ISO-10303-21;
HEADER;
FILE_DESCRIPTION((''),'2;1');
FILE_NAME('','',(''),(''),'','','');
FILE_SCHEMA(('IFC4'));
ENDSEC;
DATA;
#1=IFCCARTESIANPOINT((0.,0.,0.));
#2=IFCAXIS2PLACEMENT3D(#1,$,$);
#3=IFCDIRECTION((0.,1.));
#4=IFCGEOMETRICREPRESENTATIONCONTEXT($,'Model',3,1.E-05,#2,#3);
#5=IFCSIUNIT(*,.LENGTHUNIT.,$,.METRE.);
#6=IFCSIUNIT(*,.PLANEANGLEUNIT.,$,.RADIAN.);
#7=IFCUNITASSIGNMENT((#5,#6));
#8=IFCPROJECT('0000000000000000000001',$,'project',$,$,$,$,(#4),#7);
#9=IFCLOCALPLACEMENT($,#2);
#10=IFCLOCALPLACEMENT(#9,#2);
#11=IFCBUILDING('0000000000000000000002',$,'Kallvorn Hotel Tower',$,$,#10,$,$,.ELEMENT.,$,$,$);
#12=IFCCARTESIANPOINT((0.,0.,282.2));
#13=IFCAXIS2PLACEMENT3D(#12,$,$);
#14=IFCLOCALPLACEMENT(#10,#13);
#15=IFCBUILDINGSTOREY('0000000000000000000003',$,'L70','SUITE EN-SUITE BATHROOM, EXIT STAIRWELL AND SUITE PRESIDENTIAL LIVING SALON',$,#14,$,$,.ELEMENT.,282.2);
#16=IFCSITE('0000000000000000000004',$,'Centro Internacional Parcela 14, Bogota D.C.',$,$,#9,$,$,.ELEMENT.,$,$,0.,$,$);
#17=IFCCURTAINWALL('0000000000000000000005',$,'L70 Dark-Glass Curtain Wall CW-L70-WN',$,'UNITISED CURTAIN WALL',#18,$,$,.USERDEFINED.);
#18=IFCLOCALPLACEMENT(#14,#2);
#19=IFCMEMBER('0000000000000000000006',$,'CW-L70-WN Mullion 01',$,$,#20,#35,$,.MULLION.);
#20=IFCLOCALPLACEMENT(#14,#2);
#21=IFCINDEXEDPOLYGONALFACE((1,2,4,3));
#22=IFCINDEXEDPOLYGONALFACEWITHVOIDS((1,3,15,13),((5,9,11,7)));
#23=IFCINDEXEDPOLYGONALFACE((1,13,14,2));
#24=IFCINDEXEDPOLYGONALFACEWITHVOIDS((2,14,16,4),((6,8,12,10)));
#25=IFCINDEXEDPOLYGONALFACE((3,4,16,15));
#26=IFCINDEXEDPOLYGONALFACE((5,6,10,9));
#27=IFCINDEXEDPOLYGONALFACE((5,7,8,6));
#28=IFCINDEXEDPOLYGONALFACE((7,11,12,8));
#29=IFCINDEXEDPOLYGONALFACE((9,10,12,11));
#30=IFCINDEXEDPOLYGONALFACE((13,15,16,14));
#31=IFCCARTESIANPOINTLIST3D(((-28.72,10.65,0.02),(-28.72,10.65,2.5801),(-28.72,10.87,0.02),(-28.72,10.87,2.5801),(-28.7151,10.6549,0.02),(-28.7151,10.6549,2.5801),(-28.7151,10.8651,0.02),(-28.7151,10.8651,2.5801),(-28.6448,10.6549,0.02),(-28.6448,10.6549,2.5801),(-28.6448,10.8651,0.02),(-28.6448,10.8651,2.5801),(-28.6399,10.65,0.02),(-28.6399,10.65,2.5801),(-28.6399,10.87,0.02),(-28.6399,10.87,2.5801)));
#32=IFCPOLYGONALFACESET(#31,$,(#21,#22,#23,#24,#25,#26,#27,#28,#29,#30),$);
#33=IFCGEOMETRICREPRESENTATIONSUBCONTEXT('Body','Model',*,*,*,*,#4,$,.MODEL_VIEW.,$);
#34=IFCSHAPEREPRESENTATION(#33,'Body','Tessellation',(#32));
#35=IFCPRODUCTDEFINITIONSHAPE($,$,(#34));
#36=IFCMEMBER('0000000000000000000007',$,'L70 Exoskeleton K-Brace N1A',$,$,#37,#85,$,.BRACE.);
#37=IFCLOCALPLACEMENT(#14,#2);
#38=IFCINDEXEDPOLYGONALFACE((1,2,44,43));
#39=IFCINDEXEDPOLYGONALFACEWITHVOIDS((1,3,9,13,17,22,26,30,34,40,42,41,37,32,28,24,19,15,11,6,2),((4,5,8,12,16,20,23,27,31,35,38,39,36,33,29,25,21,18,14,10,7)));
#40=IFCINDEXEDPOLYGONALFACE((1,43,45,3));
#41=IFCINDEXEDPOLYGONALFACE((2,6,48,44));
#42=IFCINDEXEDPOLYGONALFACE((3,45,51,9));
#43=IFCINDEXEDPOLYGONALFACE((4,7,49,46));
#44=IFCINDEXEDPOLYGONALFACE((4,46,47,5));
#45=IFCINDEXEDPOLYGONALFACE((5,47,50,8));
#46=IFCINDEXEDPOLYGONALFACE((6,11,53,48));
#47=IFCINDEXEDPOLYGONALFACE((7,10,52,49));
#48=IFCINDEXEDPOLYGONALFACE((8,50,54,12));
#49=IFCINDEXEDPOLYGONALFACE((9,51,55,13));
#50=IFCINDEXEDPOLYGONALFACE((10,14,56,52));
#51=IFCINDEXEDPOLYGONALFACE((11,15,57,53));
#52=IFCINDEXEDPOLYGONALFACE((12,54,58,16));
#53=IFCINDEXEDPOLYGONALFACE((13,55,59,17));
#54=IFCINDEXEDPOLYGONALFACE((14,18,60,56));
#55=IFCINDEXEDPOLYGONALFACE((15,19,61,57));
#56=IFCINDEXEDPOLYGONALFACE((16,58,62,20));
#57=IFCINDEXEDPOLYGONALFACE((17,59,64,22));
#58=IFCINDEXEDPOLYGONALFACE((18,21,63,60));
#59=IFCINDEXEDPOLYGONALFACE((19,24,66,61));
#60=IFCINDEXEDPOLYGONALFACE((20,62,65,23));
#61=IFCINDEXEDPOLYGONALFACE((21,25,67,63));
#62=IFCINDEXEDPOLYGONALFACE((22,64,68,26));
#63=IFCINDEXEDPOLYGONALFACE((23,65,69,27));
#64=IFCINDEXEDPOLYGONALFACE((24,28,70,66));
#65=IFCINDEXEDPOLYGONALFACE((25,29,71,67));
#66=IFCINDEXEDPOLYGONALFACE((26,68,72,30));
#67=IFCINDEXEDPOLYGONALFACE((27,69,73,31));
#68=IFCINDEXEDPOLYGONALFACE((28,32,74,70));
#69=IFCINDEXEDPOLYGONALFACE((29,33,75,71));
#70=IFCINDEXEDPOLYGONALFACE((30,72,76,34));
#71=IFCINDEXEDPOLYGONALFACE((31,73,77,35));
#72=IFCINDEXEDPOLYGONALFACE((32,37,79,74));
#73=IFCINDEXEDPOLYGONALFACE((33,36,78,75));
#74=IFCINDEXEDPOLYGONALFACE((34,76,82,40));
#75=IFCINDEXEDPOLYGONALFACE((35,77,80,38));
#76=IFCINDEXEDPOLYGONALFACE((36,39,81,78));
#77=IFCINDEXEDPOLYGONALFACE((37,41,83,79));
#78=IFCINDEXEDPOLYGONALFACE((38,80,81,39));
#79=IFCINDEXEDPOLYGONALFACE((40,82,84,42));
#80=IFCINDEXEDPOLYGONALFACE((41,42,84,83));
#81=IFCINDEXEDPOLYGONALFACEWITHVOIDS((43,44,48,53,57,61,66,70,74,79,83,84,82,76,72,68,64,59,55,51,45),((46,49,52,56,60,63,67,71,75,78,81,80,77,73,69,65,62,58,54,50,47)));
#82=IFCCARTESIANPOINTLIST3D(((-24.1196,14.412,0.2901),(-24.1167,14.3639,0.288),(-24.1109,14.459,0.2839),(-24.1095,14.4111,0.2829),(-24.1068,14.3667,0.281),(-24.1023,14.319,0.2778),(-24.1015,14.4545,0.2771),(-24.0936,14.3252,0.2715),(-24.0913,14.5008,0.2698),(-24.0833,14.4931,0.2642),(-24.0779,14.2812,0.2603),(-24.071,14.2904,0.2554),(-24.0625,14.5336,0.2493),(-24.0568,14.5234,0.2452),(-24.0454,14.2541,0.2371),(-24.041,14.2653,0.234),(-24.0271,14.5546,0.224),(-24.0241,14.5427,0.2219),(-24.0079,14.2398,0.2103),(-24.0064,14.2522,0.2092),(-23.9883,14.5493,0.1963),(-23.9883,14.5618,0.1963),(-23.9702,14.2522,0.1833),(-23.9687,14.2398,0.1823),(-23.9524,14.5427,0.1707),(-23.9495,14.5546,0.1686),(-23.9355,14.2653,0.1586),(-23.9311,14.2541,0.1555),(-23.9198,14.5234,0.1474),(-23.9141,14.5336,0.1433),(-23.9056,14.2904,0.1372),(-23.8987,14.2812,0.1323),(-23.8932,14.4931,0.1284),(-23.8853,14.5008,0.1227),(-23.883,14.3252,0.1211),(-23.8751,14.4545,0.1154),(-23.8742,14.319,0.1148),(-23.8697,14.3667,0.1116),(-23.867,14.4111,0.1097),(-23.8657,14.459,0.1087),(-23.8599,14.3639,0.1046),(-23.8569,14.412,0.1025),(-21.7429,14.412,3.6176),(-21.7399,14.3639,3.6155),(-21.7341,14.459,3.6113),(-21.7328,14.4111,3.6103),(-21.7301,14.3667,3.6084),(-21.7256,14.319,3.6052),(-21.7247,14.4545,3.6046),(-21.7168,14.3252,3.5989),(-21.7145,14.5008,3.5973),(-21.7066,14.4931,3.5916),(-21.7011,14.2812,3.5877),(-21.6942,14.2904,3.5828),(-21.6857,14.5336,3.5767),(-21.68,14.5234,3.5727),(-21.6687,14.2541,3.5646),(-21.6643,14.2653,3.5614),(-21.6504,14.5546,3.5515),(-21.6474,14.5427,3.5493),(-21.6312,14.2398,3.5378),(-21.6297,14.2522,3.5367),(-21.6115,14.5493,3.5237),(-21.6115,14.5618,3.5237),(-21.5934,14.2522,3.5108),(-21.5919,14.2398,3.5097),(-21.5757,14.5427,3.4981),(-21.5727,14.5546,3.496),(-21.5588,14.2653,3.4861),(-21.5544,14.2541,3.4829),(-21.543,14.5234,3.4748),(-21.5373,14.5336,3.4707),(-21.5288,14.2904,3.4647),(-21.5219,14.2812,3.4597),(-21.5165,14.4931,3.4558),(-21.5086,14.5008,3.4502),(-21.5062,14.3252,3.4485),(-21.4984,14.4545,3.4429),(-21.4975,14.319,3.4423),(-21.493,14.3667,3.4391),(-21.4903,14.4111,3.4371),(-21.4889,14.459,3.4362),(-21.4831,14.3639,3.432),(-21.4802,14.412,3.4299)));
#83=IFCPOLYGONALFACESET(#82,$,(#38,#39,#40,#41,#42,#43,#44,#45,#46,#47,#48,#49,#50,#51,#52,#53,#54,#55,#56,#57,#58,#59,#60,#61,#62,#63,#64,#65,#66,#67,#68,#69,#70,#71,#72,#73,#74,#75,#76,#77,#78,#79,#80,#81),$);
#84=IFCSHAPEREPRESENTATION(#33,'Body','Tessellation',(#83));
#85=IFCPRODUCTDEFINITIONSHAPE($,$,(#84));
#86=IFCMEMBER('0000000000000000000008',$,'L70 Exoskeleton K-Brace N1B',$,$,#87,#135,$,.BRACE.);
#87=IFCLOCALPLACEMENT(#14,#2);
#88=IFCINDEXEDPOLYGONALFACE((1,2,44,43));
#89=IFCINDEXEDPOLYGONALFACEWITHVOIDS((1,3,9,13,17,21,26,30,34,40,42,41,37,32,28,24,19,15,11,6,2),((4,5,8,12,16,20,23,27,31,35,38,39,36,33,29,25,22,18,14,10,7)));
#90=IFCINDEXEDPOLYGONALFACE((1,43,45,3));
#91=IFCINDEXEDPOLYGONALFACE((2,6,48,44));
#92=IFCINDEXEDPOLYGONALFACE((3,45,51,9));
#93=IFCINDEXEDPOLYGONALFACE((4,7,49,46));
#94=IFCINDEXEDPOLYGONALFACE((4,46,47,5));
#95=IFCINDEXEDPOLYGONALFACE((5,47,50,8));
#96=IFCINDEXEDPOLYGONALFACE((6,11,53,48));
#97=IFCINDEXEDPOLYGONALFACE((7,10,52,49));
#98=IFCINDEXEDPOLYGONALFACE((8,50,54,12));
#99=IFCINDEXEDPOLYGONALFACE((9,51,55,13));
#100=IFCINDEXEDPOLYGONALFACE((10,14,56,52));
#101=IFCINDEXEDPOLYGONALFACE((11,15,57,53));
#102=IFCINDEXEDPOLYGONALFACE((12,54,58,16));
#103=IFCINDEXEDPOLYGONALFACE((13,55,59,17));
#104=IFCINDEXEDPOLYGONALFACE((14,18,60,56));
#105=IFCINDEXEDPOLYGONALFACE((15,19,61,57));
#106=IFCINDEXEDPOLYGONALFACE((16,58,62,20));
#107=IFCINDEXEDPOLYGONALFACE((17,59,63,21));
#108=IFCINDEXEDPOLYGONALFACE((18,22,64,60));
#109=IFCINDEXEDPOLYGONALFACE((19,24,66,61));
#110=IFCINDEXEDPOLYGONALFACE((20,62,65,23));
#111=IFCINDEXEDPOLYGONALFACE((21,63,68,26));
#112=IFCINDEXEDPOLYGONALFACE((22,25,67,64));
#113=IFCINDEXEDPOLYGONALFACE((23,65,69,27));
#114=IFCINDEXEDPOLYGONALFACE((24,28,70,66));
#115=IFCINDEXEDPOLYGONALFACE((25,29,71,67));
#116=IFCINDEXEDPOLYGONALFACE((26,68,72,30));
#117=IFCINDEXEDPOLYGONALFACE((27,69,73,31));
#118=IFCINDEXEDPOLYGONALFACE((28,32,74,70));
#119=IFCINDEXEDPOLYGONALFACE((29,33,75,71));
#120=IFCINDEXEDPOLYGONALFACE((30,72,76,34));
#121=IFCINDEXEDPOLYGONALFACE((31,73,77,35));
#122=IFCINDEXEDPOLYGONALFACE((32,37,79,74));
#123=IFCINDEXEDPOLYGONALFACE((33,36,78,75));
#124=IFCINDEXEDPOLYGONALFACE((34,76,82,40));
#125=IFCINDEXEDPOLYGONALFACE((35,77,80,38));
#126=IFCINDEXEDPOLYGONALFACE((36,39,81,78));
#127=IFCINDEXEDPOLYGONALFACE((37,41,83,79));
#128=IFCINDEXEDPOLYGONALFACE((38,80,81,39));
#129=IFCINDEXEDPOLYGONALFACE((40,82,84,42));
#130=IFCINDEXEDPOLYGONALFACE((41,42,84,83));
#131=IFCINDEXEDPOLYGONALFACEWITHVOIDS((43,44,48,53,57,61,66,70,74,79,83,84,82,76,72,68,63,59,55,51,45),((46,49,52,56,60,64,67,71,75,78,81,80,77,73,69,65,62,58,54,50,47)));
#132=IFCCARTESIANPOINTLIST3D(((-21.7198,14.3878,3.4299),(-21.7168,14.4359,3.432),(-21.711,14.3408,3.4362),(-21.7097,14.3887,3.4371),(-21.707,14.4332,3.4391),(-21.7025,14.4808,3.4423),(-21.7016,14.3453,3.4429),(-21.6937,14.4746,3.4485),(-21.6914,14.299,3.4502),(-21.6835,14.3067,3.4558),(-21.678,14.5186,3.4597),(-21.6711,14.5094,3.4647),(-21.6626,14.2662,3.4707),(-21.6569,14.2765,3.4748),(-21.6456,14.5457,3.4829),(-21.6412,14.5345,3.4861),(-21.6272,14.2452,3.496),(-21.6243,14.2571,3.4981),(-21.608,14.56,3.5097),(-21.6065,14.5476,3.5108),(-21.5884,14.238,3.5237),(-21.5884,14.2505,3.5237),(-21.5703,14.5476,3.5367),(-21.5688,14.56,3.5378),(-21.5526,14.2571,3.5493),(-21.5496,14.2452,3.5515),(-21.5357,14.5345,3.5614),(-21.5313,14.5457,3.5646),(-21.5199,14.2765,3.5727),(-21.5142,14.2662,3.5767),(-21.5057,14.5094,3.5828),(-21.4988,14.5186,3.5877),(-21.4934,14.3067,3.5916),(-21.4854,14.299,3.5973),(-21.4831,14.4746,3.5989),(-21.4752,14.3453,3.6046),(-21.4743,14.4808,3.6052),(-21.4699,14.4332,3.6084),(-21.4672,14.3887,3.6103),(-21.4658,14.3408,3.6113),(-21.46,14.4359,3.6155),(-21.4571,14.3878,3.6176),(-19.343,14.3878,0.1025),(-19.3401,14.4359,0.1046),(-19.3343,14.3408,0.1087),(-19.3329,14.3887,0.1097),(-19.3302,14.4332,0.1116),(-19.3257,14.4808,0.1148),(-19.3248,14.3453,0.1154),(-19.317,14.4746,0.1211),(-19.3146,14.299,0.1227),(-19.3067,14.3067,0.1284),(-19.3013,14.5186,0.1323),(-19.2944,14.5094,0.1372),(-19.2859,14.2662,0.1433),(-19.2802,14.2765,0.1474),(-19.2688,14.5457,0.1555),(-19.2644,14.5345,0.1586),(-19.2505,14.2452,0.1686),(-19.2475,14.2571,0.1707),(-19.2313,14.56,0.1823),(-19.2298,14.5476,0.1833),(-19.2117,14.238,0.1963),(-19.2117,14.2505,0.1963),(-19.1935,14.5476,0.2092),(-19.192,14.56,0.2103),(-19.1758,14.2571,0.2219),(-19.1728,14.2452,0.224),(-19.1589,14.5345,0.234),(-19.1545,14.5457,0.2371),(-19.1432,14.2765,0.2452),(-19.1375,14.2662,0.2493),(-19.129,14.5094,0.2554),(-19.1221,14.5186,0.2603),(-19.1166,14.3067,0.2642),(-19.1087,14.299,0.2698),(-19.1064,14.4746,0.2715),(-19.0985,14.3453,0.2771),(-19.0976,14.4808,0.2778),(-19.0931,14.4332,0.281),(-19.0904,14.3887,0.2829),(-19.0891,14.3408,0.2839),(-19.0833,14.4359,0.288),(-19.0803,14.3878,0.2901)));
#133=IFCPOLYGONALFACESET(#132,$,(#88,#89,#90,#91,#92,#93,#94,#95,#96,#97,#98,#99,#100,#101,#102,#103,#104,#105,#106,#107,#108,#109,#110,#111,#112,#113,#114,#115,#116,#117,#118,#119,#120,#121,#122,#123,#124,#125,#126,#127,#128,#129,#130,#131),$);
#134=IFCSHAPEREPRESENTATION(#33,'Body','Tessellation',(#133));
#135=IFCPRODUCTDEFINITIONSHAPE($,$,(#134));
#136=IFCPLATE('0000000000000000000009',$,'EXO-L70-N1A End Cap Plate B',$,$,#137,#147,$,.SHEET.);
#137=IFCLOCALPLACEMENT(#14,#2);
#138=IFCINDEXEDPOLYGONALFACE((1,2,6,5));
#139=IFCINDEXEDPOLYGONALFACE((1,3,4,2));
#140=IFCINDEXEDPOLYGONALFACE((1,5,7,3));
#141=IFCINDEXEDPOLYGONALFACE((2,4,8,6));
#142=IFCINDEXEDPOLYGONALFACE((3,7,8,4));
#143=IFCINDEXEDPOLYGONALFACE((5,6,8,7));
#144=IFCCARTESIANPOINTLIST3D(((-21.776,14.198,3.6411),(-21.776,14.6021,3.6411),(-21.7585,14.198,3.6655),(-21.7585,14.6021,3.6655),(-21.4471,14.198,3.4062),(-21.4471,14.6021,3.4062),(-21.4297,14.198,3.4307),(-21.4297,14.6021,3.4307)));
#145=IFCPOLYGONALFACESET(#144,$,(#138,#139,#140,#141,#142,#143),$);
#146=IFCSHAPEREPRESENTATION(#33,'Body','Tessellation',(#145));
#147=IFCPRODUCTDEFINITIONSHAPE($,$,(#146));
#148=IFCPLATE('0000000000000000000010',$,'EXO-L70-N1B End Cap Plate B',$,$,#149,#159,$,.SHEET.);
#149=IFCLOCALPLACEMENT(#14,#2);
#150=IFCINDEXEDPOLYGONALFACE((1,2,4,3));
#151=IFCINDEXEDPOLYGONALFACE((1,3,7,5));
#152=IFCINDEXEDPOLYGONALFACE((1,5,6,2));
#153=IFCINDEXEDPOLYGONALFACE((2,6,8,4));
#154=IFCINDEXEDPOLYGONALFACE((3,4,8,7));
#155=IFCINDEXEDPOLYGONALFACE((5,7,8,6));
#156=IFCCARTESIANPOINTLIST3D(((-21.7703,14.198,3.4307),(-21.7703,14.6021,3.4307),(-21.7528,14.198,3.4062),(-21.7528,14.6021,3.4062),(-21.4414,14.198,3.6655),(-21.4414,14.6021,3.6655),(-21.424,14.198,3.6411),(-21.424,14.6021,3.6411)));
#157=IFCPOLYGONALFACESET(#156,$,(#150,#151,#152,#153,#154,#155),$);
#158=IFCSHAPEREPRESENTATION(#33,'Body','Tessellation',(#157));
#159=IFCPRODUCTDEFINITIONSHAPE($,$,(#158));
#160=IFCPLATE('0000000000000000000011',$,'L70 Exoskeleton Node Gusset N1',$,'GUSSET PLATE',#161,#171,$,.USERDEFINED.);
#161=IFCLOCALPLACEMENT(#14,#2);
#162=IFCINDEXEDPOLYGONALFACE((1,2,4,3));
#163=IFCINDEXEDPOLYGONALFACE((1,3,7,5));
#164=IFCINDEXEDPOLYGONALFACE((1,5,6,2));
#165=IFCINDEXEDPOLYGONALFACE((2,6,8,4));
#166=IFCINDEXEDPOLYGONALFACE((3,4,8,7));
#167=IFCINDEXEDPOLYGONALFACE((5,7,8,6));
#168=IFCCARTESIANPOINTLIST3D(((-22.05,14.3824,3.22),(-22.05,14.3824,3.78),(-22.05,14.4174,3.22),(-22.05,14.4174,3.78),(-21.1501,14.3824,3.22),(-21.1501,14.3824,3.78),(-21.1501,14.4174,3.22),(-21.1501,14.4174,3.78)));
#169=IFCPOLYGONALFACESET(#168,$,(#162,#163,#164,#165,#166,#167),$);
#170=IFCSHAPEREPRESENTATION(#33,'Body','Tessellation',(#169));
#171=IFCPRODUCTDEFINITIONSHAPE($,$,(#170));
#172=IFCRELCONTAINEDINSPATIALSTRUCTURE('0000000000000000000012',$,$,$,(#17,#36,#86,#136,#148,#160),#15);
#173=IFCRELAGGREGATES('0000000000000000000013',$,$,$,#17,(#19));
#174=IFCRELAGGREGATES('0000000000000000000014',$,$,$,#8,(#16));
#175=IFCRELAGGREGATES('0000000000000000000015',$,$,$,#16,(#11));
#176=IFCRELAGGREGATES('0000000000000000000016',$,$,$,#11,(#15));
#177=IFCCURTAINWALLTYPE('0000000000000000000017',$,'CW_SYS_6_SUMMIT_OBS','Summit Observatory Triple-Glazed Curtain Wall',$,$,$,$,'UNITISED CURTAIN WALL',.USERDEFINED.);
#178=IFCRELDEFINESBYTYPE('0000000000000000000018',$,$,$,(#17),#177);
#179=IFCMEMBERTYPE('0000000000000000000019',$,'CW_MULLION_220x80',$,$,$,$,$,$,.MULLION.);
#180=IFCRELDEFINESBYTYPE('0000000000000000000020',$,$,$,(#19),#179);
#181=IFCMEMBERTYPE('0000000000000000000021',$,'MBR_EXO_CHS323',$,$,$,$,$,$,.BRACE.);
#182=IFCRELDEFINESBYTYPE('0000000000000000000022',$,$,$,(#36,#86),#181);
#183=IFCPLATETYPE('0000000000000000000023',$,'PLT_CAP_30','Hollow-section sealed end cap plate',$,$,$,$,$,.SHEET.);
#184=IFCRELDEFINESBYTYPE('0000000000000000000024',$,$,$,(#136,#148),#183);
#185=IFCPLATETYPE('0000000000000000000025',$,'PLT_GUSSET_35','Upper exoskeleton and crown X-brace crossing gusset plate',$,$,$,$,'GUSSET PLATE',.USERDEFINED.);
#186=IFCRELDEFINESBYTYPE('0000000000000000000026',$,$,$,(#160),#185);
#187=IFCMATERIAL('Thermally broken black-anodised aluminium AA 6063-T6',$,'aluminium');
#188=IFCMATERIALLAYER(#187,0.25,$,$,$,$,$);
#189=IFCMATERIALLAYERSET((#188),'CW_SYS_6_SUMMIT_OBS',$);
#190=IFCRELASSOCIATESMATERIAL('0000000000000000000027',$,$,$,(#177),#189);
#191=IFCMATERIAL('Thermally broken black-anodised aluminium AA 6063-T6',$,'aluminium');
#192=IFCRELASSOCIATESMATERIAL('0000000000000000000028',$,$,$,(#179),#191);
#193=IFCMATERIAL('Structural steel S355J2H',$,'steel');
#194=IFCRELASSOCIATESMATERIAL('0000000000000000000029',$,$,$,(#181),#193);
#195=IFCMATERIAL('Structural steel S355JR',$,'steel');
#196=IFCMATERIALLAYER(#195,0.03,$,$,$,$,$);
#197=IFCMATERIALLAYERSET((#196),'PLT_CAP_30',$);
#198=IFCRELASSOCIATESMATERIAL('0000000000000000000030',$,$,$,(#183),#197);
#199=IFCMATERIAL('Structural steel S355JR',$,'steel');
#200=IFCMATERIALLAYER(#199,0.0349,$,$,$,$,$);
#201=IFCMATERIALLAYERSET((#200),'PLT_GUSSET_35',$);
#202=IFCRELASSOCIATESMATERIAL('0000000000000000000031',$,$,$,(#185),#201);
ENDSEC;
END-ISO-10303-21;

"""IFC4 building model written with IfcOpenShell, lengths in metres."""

from ifc_helpers import new_model, si_unit, direction, frame, origin, origin_2d, place, context, subcontext, project, spatial, polyline, rectangle, hollow_rectangle, hollow_circle, outline, extrude, material, layer, layer_set, material_profile, profile_set, type_object, element, aggregate, save


model = new_model("IFC4")

# Units and contexts
model_context = context("Model", 3, precision=1e-05, world=origin(), true_north=direction((0.0, 1.0)))
body_context = subcontext(model_context, "Body", "Model", "MODEL_VIEW")
ifc_project = project(units=[si_unit("LENGTHUNIT", "METRE"), si_unit("PLANEANGLEUNIT", "RADIAN")], contexts=[model_context])

# Site, building, storey
site_placement = place(None, origin())
site = spatial("IfcSite", under=ifc_project, at=site_placement, Name="Centro Internacional Parcela 14, Bogota D.C.", CompositionType="ELEMENT", RefElevation=0.0)
building_placement = place(site_placement, origin())
building = spatial("IfcBuilding", under=site, at=building_placement, Name="Kallvorn Hotel Tower", CompositionType="ELEMENT")
storey_placement = place(building_placement, frame((0.0, 0.0, 282.2)))
storey = spatial("IfcBuildingStorey", under=building, at=storey_placement, Name="L70", Description="SUITE EN-SUITE BATHROOM, EXIT STAIRWELL AND SUITE PRESIDENTIAL LIVING SALON", CompositionType="ELEMENT", Elevation=282.2)

# Curtain wall, member
ifc_material_1 = material(Name="Thermally broken black-anodised aluminium AA 6063-T6", Category="aluminium")
ifc_layer_1 = layer(ifc_material_1, 0.25)
ifc_layer_set_1 = layer_set([ifc_layer_1], Name="CW_SYS_6_SUMMIT_OBS")
curtain_wall_type = type_object("IfcCurtainWallType", Name="CW_SYS_6_SUMMIT_OBS", Description="Summit Observatory Triple-Glazed Curtain Wall", ElementType="UNITISED CURTAIN WALL", PredefinedType="USERDEFINED", material=ifc_layer_set_1)
curtain_wall_placement = place(storey_placement, origin())
curtain_wall = element("IfcCurtainWall", 1, at=curtain_wall_placement, inside=storey, type_object=curtain_wall_type, Name="L70 Dark-Glass Curtain Wall CW-L70-WN", ObjectType="UNITISED CURTAIN WALL", PredefinedType="USERDEFINED")
ifc_material_2 = material(Name="Thermally broken black-anodised aluminium AA 6063-T6", Category="aluminium")
ifc_material_profile_1 = material_profile(ifc_material_2, hollow_rectangle(XDim=0.0801, YDim=0.22, WallThickness=0.0049, at=origin_2d()), Name="MUL 220x80")
ifc_profile_set_1 = profile_set([ifc_material_profile_1], Name="Thermally broken black-anodised aluminium AA 6063-T6")
member_type_1 = type_object("IfcMemberType", Name="CW_MULLION_220x80", PredefinedType="MULLION", material=ifc_profile_set_1)
member_placement = place(storey_placement, frame((-28.6799, 10.76, 0.02), z_axis=(0.0, 0.0, 1.0), x_axis=(1.0, 0.0, 0.0)))
member = element("IfcMember", 2, at=member_placement, type_object=member_type_1, Name="CW-L70-WN Mullion 01", PredefinedType="MULLION", context=body_context, shape_type="SweptSolid", body=[
    extrude(hollow_rectangle(XDim=0.0801, YDim=0.22, WallThickness=0.0049, at=origin_2d()), origin(), (0.0, 0.0, 1.0), 2.5601),
])
aggregate(curtain_wall, [member])

# Members
ifc_material_3 = material(Name="Structural steel S355J2H", Category="steel")
ifc_material_profile_2 = material_profile(ifc_material_3, hollow_circle(Radius=0.1619, WallThickness=0.0125, at=origin_2d()), Name="CHS 323.9x12.5")
ifc_profile_set_2 = profile_set([ifc_material_profile_2], Name="Structural steel S355J2H")
member_type_2 = type_object("IfcMemberType", Name="MBR_EXO_CHS323", PredefinedType="BRACE", material=ifc_profile_set_2)
for number, where, z_axis, x_axis, name in (
    (3, (-23.9883, 14.3999, 0.1963), (0.581238, 0.0, 0.813733), (0.0, 1.0, 0.0), "L70 Exoskeleton K-Brace N1A"),
    (4, (-19.2117, 14.3999, 0.1963), (-0.581238, 0.0, 0.813733), (0.0, -1.0, 0.0), "L70 Exoskeleton K-Brace N1B"),
):
    element("IfcMember", number, at=place(storey_placement, frame(where, z_axis=z_axis, x_axis=x_axis)), inside=storey, type_object=member_type_2, Name=name, PredefinedType="BRACE", context=body_context, shape_type="SweptSolid", body=[
        extrude(hollow_circle(Radius=0.1619, WallThickness=0.0125, at=origin_2d()), origin(), (0.0, 0.0, 1.0), 4.0891),
    ])

# Plates
ifc_material_4 = material(Name="Structural steel S355JR", Category="steel")
ifc_layer_2 = layer(ifc_material_4, 0.03)
ifc_layer_set_2 = layer_set([ifc_layer_2], Name="PLT_CAP_30")
plate_type_1 = type_object("IfcPlateType", Name="PLT_CAP_30", Description="Hollow-section sealed end cap plate", PredefinedType="SHEET", material=ifc_layer_set_2)
for number, where, z_axis, x_axis, name in (
    (5, (-21.4297, 14.198, 3.4307), (0.581181, 0.0, 0.813774), (0.0, 1.0, 0.0), "EXO-L70-N1A End Cap Plate B"),
    (6, (-21.7703, 14.6021, 3.4307), (-0.581181, 0.0, 0.813774), (0.0, -1.0, 0.0), "EXO-L70-N1B End Cap Plate B"),
):
    element("IfcPlate", number, at=place(storey_placement, frame(where, z_axis=z_axis, x_axis=x_axis)), inside=storey, type_object=plate_type_1, Name=name, PredefinedType="SHEET", context=body_context, shape_type="SweptSolid", body=[
        extrude(outline(polyline([(0.0, 0.0), (0.4041, 0.0), (0.4041, 0.4041), (0.0, 0.4041), (0.0, 0.0)])), origin(), (0.0, 0.0, -1.0), 0.03),
    ])
ifc_material_5 = material(Name="Structural steel S355JR", Category="steel")
ifc_layer_3 = layer(ifc_material_5, 0.0349)
ifc_layer_set_3 = layer_set([ifc_layer_3], Name="PLT_GUSSET_35")
plate_type_2 = type_object("IfcPlateType", Name="PLT_GUSSET_35", Description="Upper exoskeleton and crown X-brace crossing gusset plate", ElementType="GUSSET PLATE", PredefinedType="USERDEFINED", material=ifc_layer_set_3)
plate_placement = place(storey_placement, frame((-21.6001, 14.3999, 3.22), z_axis=(0.0, 0.0, 1.0), x_axis=(1.0, 0.0, 0.0)))
element("IfcPlate", 7, at=plate_placement, inside=storey, type_object=plate_type_2, Name="L70 Exoskeleton Node Gusset N1", ObjectType="GUSSET PLATE", PredefinedType="USERDEFINED", context=body_context, shape_type="SweptSolid", body=[
    extrude(rectangle(XDim=0.8999, YDim=0.0349, at=origin_2d()), origin(), (0.0, 0.0, 1.0), 0.5601),
])

save(model, "model.ifc")
